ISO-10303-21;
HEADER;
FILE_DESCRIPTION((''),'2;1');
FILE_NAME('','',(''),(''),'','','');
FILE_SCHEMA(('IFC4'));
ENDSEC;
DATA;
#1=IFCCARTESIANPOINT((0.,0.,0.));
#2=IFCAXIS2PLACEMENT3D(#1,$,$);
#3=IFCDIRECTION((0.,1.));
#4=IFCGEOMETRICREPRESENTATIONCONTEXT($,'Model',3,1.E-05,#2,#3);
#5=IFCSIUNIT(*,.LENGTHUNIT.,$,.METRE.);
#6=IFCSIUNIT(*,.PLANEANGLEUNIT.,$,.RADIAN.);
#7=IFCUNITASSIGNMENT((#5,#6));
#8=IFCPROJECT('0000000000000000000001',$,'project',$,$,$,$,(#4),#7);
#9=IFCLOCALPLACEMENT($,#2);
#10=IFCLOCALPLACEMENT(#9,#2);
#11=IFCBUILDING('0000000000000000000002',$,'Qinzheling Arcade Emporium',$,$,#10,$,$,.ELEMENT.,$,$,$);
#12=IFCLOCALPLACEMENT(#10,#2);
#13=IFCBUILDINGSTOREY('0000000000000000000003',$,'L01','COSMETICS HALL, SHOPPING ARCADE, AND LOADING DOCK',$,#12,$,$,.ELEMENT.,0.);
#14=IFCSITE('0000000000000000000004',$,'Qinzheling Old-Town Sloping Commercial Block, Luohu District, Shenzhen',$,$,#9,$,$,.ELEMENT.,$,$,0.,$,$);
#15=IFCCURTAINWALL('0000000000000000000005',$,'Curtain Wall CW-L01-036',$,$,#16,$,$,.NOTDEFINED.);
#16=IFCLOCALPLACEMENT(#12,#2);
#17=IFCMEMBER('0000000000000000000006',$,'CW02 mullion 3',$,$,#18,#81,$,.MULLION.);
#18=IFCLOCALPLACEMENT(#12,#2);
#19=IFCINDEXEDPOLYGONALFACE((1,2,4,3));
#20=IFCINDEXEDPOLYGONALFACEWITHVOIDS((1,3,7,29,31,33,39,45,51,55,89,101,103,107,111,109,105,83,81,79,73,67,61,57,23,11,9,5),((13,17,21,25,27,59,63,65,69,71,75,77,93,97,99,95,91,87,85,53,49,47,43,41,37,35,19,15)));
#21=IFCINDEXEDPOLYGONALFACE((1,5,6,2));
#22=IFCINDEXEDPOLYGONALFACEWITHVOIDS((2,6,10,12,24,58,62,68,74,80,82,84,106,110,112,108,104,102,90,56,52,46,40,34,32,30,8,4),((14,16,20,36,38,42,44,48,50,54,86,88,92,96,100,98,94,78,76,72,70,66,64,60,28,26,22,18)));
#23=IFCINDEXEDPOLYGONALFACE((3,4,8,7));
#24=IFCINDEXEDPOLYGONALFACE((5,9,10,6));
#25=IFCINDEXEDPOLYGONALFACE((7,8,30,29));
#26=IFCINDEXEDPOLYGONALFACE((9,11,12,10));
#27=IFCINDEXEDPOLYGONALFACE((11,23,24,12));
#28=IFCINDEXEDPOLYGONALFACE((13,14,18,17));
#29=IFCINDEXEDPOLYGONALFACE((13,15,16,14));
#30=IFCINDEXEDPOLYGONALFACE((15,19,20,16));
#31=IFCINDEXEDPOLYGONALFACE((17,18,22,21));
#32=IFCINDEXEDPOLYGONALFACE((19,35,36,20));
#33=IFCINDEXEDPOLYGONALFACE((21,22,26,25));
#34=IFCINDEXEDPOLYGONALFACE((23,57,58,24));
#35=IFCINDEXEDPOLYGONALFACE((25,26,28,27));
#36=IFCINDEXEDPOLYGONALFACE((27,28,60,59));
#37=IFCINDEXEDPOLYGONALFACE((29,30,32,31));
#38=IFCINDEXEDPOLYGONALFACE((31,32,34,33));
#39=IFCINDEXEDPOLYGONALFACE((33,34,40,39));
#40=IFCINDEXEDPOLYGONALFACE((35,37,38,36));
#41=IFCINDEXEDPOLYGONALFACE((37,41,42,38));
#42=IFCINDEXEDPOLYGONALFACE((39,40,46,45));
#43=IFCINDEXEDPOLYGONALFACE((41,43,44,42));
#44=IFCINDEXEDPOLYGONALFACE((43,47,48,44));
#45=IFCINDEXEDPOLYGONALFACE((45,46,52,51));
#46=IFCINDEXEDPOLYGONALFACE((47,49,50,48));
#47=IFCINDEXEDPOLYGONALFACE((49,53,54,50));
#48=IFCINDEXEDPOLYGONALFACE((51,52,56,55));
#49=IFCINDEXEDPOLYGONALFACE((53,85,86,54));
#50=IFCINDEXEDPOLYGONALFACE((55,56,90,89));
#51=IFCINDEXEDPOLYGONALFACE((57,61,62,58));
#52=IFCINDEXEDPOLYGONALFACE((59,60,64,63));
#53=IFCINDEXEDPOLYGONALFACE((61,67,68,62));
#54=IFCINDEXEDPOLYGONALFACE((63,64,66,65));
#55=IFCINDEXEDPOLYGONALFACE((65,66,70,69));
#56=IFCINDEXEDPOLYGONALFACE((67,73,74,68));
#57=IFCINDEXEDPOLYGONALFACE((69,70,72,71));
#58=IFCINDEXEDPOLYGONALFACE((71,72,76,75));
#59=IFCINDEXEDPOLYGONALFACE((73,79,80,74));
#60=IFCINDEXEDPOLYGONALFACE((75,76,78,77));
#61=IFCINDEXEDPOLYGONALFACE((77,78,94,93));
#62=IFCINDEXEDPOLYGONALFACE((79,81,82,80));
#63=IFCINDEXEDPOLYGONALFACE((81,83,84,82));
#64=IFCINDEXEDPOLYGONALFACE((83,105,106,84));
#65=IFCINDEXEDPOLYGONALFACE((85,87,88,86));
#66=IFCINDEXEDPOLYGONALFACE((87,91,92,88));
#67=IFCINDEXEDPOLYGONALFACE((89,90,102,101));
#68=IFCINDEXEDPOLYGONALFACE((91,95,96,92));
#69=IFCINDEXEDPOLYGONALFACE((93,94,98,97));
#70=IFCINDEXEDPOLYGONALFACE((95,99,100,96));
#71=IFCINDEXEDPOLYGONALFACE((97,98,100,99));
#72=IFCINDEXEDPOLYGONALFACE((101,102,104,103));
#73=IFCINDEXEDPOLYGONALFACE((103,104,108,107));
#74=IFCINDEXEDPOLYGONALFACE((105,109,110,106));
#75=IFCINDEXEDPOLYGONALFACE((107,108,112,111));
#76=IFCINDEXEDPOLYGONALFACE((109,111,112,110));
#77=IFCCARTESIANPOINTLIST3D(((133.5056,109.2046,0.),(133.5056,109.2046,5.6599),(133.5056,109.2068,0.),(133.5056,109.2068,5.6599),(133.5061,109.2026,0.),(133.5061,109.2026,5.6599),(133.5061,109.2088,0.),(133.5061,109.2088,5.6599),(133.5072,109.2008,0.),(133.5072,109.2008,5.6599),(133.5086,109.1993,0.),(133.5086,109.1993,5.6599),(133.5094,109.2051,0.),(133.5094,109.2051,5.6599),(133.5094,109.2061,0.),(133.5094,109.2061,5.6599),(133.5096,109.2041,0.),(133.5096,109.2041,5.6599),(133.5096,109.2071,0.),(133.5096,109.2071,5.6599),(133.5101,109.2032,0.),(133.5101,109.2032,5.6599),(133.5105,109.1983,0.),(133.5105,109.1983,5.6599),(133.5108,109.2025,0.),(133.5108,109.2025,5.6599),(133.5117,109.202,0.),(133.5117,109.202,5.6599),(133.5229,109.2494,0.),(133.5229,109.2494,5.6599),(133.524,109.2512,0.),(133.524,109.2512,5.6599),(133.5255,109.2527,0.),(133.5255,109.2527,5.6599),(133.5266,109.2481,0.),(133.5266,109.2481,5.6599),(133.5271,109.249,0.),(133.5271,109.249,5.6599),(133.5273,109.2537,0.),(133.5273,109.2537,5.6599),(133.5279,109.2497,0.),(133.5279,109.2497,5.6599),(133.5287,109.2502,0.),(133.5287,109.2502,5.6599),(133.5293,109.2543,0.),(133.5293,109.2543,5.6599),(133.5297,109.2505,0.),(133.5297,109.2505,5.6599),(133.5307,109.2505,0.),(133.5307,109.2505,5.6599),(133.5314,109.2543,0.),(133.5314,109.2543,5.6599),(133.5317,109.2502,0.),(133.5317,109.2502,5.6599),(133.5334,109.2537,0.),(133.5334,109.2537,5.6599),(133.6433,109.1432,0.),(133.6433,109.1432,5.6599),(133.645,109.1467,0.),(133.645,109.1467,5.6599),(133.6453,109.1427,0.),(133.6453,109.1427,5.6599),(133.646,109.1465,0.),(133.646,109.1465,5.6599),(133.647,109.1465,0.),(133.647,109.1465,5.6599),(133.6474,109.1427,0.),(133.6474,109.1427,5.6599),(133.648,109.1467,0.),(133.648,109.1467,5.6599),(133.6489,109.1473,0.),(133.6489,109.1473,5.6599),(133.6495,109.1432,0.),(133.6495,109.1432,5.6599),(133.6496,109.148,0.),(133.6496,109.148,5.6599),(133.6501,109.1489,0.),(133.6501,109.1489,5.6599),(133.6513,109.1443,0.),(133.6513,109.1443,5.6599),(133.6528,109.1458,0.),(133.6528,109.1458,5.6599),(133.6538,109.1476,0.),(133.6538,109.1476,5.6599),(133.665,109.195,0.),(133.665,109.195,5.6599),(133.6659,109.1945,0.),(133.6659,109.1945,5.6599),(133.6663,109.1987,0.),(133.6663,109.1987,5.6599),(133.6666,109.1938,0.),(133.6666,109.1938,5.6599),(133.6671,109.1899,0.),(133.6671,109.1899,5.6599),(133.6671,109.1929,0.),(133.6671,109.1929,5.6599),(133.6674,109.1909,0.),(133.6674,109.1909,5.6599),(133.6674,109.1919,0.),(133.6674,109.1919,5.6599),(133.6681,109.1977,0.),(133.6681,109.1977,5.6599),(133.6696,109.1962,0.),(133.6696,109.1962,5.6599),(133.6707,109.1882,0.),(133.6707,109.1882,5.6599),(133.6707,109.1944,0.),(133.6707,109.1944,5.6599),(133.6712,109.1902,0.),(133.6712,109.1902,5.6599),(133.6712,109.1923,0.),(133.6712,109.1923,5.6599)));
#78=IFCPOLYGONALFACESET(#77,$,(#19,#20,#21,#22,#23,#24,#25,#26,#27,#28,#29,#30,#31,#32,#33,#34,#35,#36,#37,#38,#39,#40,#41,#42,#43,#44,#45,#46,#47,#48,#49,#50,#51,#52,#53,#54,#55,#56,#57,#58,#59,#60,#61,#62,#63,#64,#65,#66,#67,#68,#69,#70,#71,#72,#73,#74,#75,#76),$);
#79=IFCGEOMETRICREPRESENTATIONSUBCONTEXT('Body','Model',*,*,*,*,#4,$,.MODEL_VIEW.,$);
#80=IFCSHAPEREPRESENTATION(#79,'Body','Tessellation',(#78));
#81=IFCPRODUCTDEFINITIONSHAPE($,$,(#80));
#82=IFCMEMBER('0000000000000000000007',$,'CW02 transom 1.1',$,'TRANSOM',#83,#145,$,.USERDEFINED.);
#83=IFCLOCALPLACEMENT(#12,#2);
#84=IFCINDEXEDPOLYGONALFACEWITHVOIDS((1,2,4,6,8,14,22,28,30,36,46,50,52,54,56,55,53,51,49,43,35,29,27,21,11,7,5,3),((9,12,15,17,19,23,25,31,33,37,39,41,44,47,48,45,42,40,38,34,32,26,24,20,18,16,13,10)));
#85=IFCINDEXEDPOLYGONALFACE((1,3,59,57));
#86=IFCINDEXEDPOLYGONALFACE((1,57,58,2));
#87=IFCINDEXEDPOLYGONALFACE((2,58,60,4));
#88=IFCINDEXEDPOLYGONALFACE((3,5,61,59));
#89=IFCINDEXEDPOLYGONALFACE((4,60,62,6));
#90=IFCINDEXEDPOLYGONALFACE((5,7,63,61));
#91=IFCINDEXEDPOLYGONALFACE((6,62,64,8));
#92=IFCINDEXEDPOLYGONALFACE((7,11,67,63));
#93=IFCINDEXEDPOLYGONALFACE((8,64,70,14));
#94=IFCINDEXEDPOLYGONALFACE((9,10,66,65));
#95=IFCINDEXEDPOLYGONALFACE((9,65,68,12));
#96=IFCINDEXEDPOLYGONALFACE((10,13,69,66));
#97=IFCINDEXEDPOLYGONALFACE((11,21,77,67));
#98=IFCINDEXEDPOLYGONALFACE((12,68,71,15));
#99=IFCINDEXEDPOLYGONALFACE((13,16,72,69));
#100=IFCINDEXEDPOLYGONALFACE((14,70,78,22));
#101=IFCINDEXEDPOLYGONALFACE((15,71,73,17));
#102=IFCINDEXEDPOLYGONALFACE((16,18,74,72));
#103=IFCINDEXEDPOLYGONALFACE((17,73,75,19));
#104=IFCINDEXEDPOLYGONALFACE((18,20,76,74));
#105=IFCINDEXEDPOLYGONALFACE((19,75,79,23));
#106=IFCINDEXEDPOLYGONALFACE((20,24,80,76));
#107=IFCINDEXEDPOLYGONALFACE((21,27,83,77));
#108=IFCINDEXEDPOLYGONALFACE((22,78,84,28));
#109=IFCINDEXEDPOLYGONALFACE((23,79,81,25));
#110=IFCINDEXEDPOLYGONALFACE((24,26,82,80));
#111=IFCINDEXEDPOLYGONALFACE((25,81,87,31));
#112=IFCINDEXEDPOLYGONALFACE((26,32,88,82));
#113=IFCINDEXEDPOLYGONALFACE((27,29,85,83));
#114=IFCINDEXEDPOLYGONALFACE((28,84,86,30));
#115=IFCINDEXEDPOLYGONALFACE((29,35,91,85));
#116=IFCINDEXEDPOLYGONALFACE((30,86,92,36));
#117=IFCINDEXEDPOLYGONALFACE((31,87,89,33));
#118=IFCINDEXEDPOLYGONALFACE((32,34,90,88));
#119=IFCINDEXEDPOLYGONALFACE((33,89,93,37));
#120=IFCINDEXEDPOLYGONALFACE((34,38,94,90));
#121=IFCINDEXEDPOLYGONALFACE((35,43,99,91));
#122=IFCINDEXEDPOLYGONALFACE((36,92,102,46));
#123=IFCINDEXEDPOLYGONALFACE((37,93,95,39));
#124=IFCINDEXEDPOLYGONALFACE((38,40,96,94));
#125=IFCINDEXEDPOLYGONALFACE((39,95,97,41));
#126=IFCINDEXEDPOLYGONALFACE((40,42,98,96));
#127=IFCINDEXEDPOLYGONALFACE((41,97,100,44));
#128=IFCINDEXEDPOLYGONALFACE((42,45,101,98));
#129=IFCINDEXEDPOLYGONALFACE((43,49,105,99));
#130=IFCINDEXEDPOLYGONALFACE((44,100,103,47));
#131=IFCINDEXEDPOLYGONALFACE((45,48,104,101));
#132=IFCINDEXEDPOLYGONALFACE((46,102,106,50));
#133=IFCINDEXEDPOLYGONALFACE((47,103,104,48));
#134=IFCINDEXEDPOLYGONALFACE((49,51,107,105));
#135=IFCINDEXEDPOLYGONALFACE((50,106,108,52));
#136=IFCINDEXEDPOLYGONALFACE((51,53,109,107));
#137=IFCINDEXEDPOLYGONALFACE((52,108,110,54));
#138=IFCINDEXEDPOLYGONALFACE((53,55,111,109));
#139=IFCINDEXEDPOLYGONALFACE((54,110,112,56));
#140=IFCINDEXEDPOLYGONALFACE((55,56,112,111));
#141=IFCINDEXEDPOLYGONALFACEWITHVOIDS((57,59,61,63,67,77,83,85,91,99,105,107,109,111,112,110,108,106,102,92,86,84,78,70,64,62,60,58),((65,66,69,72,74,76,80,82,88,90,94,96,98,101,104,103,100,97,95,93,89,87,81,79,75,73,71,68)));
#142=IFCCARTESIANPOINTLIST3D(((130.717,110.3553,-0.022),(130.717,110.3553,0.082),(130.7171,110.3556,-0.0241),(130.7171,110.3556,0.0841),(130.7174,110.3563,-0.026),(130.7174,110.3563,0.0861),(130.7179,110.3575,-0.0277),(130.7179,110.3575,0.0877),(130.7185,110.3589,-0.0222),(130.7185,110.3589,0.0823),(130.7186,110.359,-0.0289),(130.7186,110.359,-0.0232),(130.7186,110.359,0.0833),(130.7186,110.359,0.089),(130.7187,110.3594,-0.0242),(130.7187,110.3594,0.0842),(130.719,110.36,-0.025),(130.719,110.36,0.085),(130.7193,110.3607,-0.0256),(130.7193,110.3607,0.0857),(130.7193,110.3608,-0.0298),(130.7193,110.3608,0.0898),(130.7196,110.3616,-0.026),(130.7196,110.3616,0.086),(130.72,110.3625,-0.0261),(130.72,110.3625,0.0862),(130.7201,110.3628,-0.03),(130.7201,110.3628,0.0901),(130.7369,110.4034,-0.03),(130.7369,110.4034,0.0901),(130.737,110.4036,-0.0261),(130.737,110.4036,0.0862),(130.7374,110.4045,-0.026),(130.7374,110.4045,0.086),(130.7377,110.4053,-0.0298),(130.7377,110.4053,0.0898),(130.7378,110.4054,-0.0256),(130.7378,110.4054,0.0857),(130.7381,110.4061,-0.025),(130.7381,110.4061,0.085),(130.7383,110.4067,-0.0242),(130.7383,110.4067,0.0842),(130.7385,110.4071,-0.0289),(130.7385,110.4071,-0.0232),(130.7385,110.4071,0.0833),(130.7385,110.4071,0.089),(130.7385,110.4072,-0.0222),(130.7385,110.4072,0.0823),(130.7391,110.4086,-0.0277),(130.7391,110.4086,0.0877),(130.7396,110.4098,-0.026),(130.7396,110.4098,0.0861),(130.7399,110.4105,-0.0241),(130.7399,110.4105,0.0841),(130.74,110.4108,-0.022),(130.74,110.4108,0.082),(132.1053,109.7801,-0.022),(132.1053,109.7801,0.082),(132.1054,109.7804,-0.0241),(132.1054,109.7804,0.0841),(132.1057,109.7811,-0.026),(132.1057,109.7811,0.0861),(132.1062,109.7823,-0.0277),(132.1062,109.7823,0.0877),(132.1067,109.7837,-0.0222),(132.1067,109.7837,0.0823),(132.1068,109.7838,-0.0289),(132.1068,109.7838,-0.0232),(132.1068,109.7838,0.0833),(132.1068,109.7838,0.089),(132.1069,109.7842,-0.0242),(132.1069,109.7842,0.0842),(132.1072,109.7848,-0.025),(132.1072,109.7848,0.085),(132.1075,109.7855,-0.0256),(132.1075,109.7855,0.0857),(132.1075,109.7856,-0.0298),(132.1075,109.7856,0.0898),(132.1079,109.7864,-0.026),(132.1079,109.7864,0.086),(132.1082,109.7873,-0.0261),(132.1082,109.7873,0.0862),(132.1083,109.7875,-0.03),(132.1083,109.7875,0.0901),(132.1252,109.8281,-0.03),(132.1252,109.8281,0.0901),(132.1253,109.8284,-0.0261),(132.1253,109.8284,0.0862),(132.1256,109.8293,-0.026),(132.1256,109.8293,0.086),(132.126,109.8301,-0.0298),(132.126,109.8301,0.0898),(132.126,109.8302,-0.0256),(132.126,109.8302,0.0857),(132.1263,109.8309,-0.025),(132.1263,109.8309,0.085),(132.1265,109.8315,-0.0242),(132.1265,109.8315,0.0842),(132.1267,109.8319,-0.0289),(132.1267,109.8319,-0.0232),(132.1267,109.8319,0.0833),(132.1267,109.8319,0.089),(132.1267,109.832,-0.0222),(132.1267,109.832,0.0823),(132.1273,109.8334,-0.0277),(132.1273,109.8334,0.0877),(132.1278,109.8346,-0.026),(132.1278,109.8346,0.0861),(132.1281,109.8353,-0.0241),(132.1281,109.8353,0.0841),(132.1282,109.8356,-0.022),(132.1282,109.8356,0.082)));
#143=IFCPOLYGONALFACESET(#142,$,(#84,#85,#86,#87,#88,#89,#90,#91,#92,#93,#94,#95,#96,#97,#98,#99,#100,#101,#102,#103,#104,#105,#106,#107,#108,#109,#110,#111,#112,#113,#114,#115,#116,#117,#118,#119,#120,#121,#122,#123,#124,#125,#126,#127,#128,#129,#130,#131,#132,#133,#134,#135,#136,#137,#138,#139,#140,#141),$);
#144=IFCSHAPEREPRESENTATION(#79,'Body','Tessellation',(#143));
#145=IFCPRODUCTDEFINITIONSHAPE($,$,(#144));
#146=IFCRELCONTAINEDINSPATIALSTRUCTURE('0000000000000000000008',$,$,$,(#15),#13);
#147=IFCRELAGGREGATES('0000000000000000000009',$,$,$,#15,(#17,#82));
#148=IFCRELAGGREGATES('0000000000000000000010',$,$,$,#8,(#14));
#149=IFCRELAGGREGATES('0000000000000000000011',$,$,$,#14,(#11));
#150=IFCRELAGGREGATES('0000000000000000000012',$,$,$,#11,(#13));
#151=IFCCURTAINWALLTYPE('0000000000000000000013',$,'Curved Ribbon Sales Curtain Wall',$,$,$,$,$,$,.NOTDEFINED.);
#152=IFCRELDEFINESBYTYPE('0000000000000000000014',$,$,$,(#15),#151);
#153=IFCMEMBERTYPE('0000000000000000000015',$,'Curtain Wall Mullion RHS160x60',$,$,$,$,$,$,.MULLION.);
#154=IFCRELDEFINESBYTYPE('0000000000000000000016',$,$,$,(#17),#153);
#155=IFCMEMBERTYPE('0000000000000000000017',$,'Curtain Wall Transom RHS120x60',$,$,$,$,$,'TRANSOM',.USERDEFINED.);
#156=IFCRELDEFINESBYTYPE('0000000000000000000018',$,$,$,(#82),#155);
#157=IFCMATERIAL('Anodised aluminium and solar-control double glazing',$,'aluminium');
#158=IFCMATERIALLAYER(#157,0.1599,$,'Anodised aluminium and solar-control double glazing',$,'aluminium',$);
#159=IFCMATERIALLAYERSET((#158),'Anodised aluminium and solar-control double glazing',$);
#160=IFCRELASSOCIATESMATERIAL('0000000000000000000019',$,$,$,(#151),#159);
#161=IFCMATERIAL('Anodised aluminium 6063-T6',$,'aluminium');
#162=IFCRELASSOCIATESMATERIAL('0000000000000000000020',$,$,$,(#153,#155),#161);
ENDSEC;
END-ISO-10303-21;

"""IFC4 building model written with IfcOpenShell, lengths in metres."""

from ifc_helpers import new_model, si_unit, direction, frame, origin, origin_2d, place, context, subcontext, project, spatial, hollow_rectangle, extrude, material, layer, layer_set, material_profile, profile_set, type_object, element, aggregate, save


model = new_model("IFC4")

# Units and contexts
model_context = context("Model", 3, precision=1e-05, world=origin(), true_north=direction((0.0, 1.0)))
body_context = subcontext(model_context, "Body", "Model", "MODEL_VIEW")
ifc_project = project(units=[si_unit("LENGTHUNIT", "METRE"), si_unit("PLANEANGLEUNIT", "RADIAN")], contexts=[model_context])

# Site, building, storey
site_placement = place(None, origin())
site = spatial("IfcSite", under=ifc_project, at=site_placement, Name="Qinzheling Old-Town Sloping Commercial Block, Luohu District, Shenzhen", CompositionType="ELEMENT", RefElevation=0.0)
building_placement = place(site_placement, origin())
building = spatial("IfcBuilding", under=site, at=building_placement, Name="Qinzheling Arcade Emporium", CompositionType="ELEMENT")
storey_placement = place(building_placement, origin())
storey = spatial("IfcBuildingStorey", under=building, at=storey_placement, Name="L01", Description="COSMETICS HALL, SHOPPING ARCADE, AND LOADING DOCK", CompositionType="ELEMENT", Elevation=0.0)

# Curtain wall, members
ifc_material_1 = material(Name="Anodised aluminium and solar-control double glazing", Category="aluminium")
ifc_layer_1 = layer(ifc_material_1, 0.1599, Name="Anodised aluminium and solar-control double glazing", Category="aluminium")
ifc_layer_set_1 = layer_set([ifc_layer_1], Name="Anodised aluminium and solar-control double glazing")
curtain_wall_type = type_object("IfcCurtainWallType", Name="Curved Ribbon Sales Curtain Wall", PredefinedType="NOTDEFINED", material=ifc_layer_set_1)
curtain_wall_placement = place(storey_placement, origin())
curtain_wall = element("IfcCurtainWall", 1, at=curtain_wall_placement, inside=storey, type_object=curtain_wall_type, Name="Curtain Wall CW-L01-036", PredefinedType="NOTDEFINED")
ifc_material_2 = material(Name="Anodised aluminium 6063-T6", Category="aluminium")
ifc_material_profile_1 = material_profile(ifc_material_2, hollow_rectangle(XDim=0.0601, YDim=0.1599, WallThickness=0.0039, InnerFilletRadius=0.0039, OuterFilletRadius=0.0081, at=origin_2d()), Name="RHS 160x60x4", Category="aluminium")
ifc_profile_set_1 = profile_set([ifc_material_profile_1], Name="Anodised aluminium 6063-T6")
member_type_1 = type_object("IfcMemberType", Name="Curtain Wall Mullion RHS160x60", PredefinedType="MULLION", material=ifc_profile_set_1)
member_1_placement = place(storey_placement, frame((133.5884, 109.1985, 0.0), z_axis=(0.0, 0.0, 1.0), x_axis=(0.382675, 0.923883, 0.0)))
member_1 = element("IfcMember", 2, at=member_1_placement, type_object=member_type_1, Name="CW02 mullion 3", PredefinedType="MULLION", context=body_context, shape_type="SweptSolid", body=[
    extrude(hollow_rectangle(XDim=0.0601, YDim=0.1599, WallThickness=0.0039, InnerFilletRadius=0.0039, OuterFilletRadius=0.0081, at=origin_2d()), origin(), (0.0, 0.0, 1.0), 5.6599),
])
ifc_material_profile_2 = material_profile(ifc_material_2, hollow_rectangle(XDim=0.0601, YDim=0.1201, WallThickness=0.0039, InnerFilletRadius=0.0039, OuterFilletRadius=0.0081, at=origin_2d()), Name="RHS 120x60x4", Category="aluminium")
ifc_profile_set_2 = profile_set([ifc_material_profile_2], Name="Anodised aluminium 6063-T6")
member_type_2 = type_object("IfcMemberType", Name="Curtain Wall Transom RHS120x60", ElementType="TRANSOM", PredefinedType="USERDEFINED", material=ifc_profile_set_2)
member_2_placement = place(storey_placement, frame((130.7285, 110.3831, 0.03), z_axis=(0.923835, -0.382792, 0.0), x_axis=(0.382792, 0.923835, 0.0)))
member_2 = element("IfcMember", 3, at=member_2_placement, type_object=member_type_2, Name="CW02 transom 1.1", ObjectType="TRANSOM", PredefinedType="USERDEFINED", context=body_context, shape_type="SweptSolid", body=[
    extrude(hollow_rectangle(XDim=0.0601, YDim=0.1201, WallThickness=0.0039, InnerFilletRadius=0.0039, OuterFilletRadius=0.0081, at=origin_2d()), origin(), (0.0, 0.0, 1.0), 1.5027),
])

aggregate(curtain_wall, [member_1, member_2])

save(model, "model.ifc")
